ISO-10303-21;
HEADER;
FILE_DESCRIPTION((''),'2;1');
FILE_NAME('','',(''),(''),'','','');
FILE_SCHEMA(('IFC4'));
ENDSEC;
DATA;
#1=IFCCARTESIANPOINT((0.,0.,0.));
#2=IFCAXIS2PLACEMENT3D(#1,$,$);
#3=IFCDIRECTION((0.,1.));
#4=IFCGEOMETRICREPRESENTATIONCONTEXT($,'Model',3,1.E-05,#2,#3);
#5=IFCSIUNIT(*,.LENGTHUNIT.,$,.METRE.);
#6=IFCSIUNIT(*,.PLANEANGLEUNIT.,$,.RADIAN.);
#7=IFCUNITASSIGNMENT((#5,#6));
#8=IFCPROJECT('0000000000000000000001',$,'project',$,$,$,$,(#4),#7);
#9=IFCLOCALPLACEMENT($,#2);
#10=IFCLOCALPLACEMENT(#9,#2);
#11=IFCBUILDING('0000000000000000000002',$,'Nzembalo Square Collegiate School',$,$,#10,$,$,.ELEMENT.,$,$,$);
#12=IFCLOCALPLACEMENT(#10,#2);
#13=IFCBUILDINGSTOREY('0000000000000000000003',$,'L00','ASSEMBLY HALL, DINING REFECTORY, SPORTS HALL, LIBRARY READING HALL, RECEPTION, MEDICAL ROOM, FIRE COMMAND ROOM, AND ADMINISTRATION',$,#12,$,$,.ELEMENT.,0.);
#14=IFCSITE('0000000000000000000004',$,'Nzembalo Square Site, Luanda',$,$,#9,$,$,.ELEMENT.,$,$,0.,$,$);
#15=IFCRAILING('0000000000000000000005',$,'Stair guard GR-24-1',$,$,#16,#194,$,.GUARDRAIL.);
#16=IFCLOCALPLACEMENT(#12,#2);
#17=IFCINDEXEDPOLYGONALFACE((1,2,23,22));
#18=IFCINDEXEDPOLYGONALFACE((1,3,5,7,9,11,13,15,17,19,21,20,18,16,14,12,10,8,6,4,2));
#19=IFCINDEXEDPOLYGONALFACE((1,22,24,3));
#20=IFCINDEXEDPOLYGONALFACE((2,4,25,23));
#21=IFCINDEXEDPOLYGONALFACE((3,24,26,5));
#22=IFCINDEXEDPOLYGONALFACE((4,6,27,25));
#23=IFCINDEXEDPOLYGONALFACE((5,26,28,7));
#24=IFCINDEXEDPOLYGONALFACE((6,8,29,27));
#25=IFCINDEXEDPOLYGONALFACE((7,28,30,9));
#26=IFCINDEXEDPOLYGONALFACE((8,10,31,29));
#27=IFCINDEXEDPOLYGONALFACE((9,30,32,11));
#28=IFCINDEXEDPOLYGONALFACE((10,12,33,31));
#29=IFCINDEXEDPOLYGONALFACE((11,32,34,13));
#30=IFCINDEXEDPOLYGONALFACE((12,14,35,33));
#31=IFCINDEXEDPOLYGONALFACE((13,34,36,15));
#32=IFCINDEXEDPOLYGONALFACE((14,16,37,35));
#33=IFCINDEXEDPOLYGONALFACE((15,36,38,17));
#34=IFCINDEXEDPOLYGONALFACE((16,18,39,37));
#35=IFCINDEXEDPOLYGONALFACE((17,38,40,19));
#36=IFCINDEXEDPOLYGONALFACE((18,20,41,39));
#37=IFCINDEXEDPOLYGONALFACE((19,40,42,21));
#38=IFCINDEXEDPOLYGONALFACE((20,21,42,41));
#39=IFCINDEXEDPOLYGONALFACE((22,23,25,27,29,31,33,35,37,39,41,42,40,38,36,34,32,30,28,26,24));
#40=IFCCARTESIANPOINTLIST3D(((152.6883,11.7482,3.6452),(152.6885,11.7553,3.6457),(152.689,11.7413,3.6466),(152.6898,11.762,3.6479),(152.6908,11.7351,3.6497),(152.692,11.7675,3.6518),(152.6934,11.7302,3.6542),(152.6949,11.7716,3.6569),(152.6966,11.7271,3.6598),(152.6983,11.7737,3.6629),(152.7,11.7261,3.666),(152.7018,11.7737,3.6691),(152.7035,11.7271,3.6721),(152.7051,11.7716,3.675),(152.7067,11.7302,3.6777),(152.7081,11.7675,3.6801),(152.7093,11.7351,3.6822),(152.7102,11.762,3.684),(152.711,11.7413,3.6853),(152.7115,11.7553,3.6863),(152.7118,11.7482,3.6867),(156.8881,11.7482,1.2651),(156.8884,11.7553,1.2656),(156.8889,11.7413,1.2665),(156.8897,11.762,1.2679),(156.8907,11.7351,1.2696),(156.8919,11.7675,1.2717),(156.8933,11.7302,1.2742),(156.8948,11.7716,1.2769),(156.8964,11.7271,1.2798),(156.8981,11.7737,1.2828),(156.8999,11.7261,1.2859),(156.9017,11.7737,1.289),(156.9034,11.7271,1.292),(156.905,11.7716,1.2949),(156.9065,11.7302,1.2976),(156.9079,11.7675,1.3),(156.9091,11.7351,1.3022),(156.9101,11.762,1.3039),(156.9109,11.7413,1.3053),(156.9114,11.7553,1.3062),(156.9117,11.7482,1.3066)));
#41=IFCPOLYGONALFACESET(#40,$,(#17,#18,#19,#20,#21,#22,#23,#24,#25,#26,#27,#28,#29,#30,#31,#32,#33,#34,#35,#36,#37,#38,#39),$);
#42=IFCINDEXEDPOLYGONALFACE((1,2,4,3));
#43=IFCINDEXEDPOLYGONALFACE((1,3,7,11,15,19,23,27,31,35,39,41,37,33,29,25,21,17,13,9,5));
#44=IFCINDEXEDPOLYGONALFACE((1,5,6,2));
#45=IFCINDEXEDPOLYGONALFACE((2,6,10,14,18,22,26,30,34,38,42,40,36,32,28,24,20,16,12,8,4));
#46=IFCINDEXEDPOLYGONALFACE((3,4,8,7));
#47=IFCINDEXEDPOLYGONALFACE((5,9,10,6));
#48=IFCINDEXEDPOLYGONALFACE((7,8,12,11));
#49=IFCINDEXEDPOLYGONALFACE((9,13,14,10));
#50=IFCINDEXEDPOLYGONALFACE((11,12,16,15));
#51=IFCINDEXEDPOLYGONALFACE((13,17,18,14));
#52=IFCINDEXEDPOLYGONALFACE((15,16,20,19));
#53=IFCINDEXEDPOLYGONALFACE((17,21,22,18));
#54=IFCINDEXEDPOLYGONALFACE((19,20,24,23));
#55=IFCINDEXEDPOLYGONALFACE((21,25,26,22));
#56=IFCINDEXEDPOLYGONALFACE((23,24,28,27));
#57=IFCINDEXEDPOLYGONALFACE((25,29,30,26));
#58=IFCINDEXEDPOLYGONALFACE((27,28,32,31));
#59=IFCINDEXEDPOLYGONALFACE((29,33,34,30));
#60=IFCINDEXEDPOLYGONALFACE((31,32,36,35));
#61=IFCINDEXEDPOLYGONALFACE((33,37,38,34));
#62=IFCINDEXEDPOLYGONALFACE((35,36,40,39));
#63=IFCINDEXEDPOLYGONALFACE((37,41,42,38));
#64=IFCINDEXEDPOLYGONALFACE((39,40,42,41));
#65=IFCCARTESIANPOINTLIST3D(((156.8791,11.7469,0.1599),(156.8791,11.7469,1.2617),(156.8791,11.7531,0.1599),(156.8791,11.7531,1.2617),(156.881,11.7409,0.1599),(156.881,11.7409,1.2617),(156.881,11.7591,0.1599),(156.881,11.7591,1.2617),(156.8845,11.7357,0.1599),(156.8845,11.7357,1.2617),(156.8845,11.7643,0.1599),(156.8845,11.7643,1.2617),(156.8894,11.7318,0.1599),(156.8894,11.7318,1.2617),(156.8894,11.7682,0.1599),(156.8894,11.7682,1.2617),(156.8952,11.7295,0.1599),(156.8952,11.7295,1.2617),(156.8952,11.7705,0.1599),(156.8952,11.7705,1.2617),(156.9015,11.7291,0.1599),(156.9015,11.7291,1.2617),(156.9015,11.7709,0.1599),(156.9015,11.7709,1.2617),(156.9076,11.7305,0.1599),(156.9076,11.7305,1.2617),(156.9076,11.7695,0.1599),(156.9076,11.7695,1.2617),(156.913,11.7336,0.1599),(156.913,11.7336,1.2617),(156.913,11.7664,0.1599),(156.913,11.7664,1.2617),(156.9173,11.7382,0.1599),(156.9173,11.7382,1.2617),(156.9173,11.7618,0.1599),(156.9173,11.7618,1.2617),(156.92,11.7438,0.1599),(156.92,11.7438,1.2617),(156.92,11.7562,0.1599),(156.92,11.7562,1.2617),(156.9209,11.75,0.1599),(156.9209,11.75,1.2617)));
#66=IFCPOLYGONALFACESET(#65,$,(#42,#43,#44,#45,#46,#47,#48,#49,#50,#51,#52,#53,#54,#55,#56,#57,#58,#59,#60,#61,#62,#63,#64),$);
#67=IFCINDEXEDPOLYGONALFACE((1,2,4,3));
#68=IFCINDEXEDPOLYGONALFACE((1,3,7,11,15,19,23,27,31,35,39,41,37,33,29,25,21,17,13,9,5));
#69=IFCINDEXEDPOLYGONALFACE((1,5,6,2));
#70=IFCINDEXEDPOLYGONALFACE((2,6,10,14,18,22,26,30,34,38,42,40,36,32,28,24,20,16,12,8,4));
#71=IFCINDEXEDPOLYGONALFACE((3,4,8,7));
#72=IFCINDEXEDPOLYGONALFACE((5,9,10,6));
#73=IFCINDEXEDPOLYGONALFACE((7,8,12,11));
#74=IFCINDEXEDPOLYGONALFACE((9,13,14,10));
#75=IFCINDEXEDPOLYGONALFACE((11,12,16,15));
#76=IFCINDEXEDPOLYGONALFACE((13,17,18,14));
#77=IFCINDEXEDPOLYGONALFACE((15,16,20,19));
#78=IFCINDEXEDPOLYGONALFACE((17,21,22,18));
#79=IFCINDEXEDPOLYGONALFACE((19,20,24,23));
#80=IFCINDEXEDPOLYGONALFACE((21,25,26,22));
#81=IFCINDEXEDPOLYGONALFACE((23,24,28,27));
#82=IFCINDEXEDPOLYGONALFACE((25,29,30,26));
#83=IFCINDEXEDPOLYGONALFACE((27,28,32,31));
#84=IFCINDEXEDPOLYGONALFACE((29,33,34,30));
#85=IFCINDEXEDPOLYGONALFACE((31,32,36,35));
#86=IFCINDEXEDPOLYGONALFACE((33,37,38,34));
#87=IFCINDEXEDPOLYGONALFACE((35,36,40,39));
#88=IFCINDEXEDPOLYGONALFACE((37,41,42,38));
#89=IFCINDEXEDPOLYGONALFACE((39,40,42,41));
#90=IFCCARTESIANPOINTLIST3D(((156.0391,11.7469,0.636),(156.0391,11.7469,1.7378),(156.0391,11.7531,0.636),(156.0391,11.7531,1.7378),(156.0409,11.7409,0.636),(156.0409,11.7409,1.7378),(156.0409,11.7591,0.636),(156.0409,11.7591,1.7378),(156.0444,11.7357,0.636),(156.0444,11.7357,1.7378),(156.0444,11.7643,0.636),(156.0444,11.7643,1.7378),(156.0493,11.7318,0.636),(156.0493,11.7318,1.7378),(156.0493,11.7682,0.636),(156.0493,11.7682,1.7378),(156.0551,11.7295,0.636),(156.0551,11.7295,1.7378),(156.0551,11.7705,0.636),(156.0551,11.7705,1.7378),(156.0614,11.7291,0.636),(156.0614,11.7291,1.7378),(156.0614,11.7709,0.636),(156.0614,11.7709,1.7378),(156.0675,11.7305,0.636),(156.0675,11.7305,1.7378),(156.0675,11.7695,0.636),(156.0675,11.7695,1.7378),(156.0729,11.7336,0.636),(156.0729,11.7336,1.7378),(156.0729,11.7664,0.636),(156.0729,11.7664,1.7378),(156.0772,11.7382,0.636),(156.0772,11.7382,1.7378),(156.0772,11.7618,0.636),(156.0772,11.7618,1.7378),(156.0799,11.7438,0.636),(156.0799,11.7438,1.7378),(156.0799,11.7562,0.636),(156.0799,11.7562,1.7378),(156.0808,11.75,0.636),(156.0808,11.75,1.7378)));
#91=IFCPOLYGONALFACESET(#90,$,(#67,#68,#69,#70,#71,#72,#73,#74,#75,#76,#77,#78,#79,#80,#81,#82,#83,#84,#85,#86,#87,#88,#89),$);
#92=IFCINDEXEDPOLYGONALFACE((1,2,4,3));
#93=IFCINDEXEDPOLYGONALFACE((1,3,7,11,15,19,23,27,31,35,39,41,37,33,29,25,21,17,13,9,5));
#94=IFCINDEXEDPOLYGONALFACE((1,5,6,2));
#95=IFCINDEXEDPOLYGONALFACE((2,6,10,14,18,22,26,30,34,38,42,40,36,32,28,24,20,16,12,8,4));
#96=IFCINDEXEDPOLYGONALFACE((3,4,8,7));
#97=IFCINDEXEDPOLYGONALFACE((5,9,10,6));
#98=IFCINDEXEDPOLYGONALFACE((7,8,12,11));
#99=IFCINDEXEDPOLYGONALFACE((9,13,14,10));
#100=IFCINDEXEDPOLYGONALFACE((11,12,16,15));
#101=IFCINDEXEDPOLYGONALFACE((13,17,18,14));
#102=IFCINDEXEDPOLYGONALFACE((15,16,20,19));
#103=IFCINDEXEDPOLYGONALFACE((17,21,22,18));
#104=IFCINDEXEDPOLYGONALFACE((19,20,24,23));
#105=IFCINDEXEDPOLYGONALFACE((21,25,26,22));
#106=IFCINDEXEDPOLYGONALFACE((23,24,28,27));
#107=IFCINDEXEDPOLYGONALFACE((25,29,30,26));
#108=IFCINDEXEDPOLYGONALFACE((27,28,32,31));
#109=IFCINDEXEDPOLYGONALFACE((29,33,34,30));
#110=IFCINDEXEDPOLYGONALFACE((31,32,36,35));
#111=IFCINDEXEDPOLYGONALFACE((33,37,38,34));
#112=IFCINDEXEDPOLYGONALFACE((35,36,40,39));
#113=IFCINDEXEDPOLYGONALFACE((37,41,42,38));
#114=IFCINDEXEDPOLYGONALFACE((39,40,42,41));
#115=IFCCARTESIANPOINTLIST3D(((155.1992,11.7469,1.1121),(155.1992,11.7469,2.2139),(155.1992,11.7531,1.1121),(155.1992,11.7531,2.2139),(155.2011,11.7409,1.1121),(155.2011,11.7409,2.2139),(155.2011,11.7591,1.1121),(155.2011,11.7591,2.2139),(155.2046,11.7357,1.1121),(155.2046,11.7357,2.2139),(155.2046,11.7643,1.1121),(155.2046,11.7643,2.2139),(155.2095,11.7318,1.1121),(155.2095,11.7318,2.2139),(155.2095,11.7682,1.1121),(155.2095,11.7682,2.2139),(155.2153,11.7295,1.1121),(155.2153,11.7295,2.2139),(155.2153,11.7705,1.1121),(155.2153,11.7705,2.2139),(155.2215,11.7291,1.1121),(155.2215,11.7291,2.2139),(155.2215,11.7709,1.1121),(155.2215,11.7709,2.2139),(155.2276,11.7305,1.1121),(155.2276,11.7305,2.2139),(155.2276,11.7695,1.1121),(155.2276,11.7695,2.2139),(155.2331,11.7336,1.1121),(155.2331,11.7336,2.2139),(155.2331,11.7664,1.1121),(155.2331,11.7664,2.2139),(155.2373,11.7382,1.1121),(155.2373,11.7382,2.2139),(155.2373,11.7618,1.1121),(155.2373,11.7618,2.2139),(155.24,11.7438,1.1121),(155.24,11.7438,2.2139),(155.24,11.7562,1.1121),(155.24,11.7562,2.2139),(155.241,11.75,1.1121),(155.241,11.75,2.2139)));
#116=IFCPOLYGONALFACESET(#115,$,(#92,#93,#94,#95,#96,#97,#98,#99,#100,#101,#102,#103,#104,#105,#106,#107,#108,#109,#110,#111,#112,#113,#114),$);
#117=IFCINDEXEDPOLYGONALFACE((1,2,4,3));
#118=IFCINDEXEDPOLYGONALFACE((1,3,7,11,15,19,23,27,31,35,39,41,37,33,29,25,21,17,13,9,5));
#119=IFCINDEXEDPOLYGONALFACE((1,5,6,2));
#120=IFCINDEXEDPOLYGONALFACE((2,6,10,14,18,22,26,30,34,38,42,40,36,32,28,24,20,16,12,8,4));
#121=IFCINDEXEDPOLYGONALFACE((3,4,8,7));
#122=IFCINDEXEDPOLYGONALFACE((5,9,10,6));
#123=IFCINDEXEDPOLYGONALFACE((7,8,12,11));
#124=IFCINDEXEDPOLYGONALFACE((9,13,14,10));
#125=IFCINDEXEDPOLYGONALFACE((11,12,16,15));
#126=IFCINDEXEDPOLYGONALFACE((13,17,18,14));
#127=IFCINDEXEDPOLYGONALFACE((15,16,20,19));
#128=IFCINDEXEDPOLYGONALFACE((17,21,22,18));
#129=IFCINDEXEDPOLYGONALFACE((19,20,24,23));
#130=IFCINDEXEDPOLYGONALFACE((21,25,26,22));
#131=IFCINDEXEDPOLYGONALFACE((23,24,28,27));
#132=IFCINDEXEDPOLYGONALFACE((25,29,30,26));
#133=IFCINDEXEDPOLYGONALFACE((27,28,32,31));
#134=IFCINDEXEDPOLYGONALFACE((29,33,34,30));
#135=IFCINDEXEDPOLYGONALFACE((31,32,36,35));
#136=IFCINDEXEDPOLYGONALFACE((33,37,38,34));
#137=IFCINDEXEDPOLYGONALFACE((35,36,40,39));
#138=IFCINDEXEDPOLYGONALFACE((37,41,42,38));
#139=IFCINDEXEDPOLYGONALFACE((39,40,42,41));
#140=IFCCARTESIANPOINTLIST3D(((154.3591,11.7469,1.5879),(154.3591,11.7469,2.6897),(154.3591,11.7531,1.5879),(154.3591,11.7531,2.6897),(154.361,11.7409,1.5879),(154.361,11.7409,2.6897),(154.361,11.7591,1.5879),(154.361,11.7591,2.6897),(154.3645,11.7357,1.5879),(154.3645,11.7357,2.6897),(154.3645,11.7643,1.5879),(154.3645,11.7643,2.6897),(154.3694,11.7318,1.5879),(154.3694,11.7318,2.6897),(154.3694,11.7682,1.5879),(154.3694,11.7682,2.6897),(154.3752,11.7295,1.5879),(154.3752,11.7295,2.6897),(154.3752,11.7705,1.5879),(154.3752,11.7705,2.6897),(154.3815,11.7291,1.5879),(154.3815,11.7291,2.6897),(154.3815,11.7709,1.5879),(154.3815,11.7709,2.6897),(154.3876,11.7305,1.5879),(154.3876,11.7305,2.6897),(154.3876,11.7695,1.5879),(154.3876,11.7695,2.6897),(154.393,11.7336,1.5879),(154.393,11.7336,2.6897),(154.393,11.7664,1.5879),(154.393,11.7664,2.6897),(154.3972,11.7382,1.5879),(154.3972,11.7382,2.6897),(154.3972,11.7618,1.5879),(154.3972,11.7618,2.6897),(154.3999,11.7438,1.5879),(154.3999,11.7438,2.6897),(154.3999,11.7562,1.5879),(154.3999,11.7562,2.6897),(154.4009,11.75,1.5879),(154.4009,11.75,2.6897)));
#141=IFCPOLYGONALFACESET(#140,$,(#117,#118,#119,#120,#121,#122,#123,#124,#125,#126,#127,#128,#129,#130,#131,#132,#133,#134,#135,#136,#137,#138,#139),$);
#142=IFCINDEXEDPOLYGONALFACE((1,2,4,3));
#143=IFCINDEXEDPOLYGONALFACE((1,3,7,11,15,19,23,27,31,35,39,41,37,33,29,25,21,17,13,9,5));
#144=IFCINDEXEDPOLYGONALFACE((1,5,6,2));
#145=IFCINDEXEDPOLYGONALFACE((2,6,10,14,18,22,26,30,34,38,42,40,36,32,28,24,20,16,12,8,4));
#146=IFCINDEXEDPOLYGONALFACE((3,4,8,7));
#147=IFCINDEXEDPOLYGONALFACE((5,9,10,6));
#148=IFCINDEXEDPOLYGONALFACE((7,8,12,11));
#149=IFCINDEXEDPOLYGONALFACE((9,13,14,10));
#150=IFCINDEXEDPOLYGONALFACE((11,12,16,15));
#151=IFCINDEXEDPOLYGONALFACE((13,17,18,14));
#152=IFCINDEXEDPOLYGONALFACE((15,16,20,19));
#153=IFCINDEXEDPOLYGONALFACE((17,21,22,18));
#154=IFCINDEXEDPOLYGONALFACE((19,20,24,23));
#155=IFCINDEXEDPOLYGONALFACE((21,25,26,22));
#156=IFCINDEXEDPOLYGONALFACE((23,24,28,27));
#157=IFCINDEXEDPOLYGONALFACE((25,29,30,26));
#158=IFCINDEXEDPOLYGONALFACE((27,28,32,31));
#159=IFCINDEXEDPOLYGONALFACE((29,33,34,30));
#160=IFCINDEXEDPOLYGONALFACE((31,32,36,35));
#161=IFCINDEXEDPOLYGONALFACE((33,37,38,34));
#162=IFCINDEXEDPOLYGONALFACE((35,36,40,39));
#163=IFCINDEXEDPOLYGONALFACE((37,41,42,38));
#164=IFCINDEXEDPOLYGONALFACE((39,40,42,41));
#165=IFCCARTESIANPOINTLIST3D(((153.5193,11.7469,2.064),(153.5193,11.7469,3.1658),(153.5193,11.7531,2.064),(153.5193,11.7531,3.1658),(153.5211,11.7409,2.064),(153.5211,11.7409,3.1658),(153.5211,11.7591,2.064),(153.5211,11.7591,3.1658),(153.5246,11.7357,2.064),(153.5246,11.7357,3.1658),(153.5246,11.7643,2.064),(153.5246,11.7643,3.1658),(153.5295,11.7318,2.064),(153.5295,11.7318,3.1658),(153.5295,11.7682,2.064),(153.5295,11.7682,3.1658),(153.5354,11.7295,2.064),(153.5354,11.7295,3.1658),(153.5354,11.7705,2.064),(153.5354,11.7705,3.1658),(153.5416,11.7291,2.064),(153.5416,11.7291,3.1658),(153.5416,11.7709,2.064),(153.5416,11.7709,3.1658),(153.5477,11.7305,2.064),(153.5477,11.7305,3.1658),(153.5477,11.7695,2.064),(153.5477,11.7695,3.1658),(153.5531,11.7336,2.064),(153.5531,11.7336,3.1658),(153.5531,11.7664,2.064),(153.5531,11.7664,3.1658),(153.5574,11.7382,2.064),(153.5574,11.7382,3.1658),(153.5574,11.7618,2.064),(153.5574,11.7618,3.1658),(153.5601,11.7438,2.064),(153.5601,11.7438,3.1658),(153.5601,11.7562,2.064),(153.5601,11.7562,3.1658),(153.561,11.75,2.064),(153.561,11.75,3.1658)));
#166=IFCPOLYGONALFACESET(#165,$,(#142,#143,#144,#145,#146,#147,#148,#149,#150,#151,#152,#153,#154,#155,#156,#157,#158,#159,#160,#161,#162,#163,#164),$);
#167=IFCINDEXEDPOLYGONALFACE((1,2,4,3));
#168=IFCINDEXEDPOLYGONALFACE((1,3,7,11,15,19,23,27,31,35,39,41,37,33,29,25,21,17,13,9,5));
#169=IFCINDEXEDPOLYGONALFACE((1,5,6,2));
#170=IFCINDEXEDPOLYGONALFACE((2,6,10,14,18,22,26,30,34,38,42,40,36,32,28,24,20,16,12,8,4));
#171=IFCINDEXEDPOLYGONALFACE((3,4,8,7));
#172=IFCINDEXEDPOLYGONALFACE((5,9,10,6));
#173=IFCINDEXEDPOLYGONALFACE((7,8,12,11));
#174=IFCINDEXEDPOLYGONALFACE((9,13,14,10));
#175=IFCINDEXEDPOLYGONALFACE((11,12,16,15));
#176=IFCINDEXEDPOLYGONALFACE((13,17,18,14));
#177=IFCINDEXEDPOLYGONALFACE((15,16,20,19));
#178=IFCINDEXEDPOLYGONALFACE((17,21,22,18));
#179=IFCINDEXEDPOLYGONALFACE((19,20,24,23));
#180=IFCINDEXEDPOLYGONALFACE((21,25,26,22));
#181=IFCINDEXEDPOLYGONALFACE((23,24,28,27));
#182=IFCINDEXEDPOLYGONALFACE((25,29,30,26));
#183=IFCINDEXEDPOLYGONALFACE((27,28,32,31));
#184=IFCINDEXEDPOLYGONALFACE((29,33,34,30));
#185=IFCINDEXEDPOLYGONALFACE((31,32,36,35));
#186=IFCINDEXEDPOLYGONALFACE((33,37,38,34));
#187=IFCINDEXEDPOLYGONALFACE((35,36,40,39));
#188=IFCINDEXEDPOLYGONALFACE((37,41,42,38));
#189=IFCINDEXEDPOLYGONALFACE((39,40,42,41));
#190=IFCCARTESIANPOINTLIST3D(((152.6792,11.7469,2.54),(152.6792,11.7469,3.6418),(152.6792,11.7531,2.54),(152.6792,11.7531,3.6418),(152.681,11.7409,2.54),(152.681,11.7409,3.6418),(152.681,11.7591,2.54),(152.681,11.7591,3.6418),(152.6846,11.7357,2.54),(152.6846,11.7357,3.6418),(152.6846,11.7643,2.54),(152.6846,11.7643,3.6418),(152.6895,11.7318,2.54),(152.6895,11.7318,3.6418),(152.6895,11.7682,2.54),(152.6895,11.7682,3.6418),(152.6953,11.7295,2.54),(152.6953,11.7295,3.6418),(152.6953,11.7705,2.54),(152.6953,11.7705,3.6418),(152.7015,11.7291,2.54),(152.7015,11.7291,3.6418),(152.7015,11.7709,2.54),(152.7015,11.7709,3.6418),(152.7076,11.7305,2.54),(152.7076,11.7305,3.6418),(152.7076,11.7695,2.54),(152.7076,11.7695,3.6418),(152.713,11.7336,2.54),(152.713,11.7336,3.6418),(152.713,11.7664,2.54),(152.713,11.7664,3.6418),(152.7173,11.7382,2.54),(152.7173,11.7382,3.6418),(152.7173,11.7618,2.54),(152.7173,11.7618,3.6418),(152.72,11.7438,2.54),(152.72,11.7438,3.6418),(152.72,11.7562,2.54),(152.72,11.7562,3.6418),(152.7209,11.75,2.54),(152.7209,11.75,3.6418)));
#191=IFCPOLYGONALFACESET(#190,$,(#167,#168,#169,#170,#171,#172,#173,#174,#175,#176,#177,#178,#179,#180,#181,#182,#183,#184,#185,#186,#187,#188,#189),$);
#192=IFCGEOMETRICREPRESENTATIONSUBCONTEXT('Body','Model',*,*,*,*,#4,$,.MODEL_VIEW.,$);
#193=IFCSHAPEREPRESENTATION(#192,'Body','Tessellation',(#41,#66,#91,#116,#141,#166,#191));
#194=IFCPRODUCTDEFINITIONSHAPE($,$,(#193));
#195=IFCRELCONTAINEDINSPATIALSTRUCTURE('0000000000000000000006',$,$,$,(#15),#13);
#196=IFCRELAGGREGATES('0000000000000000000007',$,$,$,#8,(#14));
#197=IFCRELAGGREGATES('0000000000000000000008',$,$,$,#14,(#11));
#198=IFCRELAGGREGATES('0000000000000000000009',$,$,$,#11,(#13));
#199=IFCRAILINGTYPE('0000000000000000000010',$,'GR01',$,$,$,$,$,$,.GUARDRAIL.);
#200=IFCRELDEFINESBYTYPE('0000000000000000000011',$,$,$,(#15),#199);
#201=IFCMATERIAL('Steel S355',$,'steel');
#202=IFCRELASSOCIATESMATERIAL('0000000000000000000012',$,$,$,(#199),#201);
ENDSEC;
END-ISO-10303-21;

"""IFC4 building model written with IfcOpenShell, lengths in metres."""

from ifc_helpers import new_model, si_unit, direction, frame, origin, origin_2d, place, context, subcontext, project, spatial, circle, extrude, material, type_object, element, save


model = new_model("IFC4")

# Units and contexts
model_context = context("Model", 3, precision=1e-05, world=origin(), true_north=direction((0.0, 1.0)))
body_context = subcontext(model_context, "Body", "Model", "MODEL_VIEW")
ifc_project = project(units=[si_unit("LENGTHUNIT", "METRE"), si_unit("PLANEANGLEUNIT", "RADIAN")], contexts=[model_context])

# Site, building, storey
site_placement = place(None, origin())
site = spatial("IfcSite", under=ifc_project, at=site_placement, Name="Nzembalo Square Site, Luanda", CompositionType="ELEMENT", RefElevation=0.0)
building_placement = place(site_placement, origin())
building = spatial("IfcBuilding", under=site, at=building_placement, Name="Nzembalo Square Collegiate School", CompositionType="ELEMENT")
storey_placement = place(building_placement, origin())
storey = spatial("IfcBuildingStorey", under=building, at=storey_placement, Name="L00", Description="ASSEMBLY HALL, DINING REFECTORY, SPORTS HALL, LIBRARY READING HALL, RECEPTION, MEDICAL ROOM, FIRE COMMAND ROOM, AND ADMINISTRATION", CompositionType="ELEMENT", Elevation=0.0)

# Railing
ifc_material_1 = material(Name="Steel S355", Category="steel")
railing_type_1 = type_object("IfcRailingType", Name="GR01", PredefinedType="GUARDRAIL", material=ifc_material_1)
railing_1_placement = place(storey_placement, frame((156.8999, 11.75, 0.1599)))
element("IfcRailing", 1, at=railing_1_placement, inside=storey, type_object=railing_type_1, Name="Stair guard GR-24-1", PredefinedType="GUARDRAIL", context=body_context, shape_type="SweptSolid", body=[
    extrude(circle(Radius=0.0239, at=origin_2d()), frame((0.0, 0.0, 1.126), z_axis=(-0.870008, 0.0, 0.493037), x_axis=(0.0, -1.0, 0.0)), (0.0, 0.0, 1.0), 4.8274),
    extrude(circle(Radius=0.021, at=origin_2d()), origin(), (0.0, 0.0, 1.0), 1.1018),
    extrude(circle(Radius=0.021, at=origin_2d()), frame((-0.8401, 0.0, 0.4761)), (0.0, 0.0, 1.0), 1.1018),
    extrude(circle(Radius=0.021, at=origin_2d()), frame((-1.6799, 0.0, 0.9521)), (0.0, 0.0, 1.0), 1.1018),
    extrude(circle(Radius=0.021, at=origin_2d()), frame((-2.52, 0.0, 1.428)), (0.0, 0.0, 1.0), 1.1018),
    extrude(circle(Radius=0.021, at=origin_2d()), frame((-3.3599, 0.0, 1.9041)), (0.0, 0.0, 1.0), 1.1018),
    extrude(circle(Radius=0.021, at=origin_2d()), frame((-4.2, 0.0, 2.3801)), (0.0, 0.0, 1.0), 1.1018),
])

save(model, "model.ifc")
